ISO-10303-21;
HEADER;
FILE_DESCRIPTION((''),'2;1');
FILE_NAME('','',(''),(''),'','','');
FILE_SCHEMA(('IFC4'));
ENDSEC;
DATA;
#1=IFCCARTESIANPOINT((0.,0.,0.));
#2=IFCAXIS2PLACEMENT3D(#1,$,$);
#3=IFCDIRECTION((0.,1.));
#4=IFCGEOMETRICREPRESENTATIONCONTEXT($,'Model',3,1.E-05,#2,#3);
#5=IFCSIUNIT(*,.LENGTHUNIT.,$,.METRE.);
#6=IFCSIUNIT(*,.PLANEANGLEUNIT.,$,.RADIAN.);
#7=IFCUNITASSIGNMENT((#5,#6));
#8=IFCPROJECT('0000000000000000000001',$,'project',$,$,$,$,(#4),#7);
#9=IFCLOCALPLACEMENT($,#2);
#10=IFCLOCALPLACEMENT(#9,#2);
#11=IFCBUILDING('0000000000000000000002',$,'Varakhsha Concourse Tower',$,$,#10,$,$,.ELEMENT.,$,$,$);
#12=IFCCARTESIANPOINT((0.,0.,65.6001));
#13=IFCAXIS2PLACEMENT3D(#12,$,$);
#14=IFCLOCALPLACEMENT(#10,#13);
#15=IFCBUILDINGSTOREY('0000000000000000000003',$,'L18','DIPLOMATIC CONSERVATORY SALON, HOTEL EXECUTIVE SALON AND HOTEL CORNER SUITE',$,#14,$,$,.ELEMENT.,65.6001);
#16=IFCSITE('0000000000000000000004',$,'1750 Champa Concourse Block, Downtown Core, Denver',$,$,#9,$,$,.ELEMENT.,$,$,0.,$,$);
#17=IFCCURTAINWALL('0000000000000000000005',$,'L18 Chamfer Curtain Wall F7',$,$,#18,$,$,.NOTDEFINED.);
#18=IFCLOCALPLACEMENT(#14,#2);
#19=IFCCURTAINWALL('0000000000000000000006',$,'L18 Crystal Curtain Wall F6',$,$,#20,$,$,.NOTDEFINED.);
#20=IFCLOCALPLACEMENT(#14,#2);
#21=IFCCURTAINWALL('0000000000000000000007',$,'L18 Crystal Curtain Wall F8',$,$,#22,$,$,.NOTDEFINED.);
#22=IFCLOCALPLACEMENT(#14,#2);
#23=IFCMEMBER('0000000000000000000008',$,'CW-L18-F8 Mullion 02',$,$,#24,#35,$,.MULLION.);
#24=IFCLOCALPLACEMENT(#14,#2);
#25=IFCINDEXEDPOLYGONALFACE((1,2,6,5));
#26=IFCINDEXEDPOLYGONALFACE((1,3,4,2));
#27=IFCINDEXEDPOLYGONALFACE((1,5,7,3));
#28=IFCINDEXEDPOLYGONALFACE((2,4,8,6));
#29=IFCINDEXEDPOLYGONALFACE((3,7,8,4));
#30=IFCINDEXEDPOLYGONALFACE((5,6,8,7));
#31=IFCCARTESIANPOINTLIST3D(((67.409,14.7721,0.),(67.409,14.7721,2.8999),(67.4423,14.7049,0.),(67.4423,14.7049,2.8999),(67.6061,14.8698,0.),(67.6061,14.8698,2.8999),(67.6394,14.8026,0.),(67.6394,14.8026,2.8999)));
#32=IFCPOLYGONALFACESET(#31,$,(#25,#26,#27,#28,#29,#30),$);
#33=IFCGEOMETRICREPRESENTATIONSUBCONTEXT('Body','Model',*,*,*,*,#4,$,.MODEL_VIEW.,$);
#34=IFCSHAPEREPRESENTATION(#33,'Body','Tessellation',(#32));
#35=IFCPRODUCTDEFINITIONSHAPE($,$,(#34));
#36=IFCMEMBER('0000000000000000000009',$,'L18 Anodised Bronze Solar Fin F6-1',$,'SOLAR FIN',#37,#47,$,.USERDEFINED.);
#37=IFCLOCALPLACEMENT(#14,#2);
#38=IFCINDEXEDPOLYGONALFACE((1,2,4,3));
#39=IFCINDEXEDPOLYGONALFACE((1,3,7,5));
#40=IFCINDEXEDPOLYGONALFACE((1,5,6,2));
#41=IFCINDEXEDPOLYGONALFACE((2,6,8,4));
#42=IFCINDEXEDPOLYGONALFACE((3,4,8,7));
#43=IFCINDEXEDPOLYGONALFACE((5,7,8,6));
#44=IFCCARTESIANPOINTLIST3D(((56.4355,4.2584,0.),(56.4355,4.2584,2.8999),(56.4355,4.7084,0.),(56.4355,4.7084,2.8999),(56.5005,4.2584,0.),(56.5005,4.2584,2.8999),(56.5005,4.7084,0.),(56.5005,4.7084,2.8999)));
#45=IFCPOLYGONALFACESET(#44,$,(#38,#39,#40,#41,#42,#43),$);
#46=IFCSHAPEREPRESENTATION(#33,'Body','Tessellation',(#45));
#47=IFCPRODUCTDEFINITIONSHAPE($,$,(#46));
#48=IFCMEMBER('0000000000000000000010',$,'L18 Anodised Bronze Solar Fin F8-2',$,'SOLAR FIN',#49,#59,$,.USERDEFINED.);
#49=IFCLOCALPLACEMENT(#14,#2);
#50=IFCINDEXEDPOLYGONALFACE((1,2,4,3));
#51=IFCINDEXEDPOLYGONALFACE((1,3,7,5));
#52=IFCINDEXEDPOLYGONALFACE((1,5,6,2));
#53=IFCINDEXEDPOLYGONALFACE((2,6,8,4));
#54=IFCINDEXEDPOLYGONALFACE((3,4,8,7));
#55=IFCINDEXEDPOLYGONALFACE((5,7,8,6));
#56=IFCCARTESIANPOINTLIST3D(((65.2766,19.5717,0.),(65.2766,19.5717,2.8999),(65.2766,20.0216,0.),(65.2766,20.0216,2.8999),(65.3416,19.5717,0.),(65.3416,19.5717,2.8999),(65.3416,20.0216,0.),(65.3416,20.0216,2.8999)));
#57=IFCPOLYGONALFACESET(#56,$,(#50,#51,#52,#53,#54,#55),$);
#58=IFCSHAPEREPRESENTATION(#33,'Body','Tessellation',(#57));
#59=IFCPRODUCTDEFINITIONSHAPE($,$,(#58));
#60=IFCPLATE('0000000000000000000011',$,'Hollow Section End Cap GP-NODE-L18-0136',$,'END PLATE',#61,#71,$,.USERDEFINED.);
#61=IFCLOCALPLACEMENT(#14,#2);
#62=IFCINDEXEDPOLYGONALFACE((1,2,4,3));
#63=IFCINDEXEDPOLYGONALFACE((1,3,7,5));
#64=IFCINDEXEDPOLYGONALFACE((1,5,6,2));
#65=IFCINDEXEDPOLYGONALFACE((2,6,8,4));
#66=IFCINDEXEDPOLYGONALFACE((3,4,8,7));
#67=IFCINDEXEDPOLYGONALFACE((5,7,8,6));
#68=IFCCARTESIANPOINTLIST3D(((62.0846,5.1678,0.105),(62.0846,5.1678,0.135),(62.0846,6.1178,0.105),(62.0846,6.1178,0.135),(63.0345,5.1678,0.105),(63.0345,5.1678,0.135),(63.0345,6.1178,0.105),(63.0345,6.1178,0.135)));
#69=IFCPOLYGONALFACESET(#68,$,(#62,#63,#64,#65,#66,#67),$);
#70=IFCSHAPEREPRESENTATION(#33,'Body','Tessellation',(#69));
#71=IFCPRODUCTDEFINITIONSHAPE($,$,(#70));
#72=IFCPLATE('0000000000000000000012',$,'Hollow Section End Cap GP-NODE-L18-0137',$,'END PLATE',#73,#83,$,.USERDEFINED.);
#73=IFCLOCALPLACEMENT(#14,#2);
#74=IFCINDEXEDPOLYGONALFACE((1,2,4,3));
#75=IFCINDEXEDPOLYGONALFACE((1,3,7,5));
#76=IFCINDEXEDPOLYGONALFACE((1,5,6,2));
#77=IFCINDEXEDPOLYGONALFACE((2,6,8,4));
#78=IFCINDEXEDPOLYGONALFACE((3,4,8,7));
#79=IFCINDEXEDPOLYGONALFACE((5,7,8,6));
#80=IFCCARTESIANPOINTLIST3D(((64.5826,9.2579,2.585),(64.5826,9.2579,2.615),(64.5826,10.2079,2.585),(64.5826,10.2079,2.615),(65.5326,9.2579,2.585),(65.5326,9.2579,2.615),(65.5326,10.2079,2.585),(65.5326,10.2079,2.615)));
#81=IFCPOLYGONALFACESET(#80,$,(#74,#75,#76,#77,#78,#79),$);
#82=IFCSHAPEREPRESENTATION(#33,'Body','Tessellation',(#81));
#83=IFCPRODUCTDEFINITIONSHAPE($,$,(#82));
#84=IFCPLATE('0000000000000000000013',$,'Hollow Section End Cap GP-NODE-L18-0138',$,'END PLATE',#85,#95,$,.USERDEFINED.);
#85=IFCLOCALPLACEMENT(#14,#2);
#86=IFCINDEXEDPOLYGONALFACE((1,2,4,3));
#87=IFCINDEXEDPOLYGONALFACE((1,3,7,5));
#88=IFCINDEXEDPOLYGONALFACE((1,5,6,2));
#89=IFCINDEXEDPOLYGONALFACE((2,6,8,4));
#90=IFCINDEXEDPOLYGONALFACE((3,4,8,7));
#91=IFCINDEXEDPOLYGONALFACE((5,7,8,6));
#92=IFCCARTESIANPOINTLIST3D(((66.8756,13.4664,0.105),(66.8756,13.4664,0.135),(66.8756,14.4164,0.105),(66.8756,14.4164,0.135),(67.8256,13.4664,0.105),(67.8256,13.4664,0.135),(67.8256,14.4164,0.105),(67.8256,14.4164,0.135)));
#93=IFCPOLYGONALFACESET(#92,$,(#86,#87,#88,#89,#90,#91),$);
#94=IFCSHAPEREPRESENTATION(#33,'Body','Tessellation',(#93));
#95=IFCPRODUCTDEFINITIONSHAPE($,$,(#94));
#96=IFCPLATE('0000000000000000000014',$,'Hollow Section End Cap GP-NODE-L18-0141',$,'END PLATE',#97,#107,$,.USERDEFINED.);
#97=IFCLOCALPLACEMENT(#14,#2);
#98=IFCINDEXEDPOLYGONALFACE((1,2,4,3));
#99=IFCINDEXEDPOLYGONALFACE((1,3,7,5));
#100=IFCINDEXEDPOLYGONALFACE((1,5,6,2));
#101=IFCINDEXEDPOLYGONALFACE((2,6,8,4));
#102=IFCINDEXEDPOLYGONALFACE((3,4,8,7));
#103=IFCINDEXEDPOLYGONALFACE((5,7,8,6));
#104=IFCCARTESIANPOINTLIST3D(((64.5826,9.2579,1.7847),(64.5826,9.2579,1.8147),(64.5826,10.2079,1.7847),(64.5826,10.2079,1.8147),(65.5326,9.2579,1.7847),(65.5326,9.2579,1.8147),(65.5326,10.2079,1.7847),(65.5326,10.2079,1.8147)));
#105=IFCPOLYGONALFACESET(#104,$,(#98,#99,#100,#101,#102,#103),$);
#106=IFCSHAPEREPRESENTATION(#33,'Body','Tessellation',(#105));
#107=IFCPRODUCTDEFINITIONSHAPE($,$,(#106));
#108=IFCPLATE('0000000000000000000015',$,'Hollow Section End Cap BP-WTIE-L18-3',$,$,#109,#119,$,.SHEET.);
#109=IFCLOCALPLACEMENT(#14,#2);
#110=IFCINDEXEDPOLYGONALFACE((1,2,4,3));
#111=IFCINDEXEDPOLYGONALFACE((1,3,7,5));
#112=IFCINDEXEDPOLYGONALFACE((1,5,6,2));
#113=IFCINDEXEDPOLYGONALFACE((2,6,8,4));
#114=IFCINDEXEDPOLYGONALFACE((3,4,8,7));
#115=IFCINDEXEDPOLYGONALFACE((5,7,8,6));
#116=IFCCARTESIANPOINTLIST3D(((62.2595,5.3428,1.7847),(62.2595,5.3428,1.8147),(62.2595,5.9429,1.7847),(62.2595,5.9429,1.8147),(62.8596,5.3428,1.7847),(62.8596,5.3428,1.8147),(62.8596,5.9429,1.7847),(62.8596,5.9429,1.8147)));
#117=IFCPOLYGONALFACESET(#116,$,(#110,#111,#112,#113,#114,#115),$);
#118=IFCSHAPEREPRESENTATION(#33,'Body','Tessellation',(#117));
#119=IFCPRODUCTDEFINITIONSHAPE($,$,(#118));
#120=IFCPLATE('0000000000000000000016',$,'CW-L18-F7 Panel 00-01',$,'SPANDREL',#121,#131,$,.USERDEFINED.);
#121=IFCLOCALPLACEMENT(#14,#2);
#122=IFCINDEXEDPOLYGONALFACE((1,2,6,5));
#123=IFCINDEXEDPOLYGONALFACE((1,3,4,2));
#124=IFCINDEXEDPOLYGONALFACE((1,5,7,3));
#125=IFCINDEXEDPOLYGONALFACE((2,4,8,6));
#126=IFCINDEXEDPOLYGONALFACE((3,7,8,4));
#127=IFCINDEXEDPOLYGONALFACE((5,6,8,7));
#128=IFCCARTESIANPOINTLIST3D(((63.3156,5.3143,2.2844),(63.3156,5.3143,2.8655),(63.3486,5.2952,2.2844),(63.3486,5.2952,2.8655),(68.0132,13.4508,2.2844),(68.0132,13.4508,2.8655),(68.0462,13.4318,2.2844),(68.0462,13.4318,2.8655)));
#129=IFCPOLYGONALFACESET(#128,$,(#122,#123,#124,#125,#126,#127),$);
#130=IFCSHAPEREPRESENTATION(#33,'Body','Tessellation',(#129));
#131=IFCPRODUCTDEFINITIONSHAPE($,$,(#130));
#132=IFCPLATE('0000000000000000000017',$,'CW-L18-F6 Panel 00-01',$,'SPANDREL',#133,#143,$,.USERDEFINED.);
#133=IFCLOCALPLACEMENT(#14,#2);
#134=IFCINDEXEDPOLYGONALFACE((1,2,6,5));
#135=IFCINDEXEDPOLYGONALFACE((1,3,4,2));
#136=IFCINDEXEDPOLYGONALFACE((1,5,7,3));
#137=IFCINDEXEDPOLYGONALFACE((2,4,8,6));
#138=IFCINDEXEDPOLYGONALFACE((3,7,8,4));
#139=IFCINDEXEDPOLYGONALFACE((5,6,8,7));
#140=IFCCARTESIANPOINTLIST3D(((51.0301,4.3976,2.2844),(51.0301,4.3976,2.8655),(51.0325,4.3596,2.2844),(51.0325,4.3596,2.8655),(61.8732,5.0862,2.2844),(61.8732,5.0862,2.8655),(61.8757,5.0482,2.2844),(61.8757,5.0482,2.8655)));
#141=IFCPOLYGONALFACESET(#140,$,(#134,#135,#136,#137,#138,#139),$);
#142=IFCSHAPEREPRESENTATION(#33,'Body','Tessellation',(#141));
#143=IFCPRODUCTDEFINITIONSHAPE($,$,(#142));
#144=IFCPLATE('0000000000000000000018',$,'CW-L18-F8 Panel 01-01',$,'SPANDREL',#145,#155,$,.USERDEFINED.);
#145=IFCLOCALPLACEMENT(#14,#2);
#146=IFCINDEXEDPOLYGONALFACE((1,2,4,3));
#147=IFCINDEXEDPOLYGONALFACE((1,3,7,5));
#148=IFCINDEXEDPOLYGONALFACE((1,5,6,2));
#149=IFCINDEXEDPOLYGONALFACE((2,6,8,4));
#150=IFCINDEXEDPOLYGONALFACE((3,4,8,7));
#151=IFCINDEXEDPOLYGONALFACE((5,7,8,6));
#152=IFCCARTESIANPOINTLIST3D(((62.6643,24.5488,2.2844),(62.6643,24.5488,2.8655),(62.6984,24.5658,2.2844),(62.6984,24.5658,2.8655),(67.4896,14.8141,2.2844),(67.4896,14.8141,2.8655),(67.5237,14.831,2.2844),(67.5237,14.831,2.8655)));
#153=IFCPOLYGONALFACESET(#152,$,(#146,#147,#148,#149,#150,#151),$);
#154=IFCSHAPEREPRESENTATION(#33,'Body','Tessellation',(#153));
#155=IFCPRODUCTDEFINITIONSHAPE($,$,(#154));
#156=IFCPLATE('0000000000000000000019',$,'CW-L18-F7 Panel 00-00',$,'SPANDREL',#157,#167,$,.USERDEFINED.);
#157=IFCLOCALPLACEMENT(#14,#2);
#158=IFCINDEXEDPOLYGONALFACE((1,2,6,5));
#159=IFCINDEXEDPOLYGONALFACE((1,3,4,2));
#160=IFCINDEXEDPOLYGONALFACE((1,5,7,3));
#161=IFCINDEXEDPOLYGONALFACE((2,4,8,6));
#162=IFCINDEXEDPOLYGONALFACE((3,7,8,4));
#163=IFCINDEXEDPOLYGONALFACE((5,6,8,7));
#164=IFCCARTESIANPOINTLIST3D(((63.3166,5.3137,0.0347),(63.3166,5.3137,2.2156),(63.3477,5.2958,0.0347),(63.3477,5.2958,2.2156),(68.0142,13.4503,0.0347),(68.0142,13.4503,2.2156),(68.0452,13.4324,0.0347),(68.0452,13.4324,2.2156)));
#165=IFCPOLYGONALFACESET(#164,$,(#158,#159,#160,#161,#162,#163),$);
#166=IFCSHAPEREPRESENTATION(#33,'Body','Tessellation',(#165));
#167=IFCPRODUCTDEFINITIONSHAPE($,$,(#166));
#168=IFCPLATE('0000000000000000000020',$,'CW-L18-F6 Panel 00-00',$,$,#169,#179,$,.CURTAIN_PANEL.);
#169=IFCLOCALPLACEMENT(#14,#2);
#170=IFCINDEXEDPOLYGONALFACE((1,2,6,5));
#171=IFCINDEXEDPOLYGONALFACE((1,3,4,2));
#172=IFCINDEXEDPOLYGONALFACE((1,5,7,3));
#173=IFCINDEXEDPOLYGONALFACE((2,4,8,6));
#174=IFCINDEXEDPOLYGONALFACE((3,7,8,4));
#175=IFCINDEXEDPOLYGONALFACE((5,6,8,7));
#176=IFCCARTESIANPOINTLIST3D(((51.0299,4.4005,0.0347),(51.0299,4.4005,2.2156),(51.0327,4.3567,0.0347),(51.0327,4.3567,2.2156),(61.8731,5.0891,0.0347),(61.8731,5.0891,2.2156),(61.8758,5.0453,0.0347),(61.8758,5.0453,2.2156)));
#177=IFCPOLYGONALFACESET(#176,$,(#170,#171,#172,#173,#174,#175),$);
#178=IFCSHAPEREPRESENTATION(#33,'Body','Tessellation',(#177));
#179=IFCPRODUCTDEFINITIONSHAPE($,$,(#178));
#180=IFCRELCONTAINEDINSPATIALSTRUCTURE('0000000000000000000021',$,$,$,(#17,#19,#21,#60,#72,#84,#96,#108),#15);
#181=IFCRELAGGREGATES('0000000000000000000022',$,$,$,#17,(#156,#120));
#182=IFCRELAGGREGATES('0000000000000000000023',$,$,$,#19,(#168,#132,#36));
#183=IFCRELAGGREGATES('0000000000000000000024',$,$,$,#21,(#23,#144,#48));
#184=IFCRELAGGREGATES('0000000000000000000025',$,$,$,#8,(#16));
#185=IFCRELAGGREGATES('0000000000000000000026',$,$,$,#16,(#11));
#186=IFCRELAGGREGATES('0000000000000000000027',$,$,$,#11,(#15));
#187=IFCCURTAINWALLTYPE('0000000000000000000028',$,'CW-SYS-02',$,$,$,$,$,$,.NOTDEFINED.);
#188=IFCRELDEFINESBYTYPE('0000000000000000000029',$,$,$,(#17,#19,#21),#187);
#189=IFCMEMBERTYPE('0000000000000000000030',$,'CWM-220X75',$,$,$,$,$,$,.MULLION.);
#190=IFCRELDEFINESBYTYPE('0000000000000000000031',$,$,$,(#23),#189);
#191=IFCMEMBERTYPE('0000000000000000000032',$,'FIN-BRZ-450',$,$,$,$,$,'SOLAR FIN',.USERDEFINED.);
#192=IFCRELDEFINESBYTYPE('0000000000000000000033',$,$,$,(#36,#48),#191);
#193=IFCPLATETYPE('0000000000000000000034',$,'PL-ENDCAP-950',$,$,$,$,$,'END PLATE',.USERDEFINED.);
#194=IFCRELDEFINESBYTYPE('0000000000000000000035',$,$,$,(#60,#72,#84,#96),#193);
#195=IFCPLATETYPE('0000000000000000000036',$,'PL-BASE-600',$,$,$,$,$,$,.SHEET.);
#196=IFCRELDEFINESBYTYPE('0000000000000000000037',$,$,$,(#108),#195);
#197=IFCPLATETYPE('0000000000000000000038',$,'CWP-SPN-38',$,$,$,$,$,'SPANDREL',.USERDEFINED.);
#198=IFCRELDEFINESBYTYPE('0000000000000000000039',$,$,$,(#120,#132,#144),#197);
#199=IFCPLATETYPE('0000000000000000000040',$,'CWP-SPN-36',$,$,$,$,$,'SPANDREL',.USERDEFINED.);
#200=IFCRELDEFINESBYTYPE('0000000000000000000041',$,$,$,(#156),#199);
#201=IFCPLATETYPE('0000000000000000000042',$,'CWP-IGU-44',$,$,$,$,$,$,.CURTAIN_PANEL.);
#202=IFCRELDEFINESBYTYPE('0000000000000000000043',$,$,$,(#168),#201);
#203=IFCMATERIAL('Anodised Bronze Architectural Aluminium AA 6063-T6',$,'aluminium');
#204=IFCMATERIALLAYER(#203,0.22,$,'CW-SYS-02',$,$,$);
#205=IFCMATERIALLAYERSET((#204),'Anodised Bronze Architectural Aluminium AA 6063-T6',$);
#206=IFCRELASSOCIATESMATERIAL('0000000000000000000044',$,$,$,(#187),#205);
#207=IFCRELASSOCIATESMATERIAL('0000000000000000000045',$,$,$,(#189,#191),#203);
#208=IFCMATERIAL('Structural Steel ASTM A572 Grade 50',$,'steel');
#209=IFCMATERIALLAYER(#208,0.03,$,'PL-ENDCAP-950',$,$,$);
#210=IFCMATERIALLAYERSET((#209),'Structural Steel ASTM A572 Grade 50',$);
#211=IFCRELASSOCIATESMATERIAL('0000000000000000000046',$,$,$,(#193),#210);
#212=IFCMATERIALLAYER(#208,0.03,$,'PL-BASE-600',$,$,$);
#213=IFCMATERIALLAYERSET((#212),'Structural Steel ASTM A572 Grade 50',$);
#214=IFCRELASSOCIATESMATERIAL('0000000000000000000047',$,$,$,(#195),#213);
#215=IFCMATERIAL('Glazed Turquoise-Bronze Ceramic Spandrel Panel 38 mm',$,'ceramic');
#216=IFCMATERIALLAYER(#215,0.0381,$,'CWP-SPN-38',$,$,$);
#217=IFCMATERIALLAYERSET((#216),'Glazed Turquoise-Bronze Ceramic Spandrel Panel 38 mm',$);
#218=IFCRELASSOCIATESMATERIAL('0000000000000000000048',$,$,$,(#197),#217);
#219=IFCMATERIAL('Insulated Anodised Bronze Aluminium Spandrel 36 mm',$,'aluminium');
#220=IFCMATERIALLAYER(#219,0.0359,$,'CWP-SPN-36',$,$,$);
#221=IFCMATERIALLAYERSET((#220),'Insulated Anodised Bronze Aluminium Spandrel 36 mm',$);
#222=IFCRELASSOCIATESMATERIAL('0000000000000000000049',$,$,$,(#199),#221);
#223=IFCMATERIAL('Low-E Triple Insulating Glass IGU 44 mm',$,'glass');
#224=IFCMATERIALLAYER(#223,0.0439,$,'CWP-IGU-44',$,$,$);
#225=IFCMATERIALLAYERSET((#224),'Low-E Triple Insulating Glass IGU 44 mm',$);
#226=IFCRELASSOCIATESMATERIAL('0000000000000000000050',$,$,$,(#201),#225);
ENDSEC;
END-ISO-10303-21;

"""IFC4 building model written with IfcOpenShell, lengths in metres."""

from ifc_helpers import new_model, si_unit, direction, frame, origin, origin_2d, place, context, subcontext, project, spatial, rectangle, extrude, source, transform, mapped, material, layer, layer_set, material_profile, profile_set, type_object, type_shapes, element, aggregate, save


model = new_model("IFC4")

# Units and contexts
model_context = context("Model", 3, precision=1e-05, world=origin(), true_north=direction((0.0, 1.0)))
body_context = subcontext(model_context, "Body", "Model", "MODEL_VIEW")
ifc_project = project(units=[si_unit("LENGTHUNIT", "METRE"), si_unit("PLANEANGLEUNIT", "RADIAN")], contexts=[model_context])

# Site, building, storey
site_placement = place(None, origin())
site = spatial("IfcSite", under=ifc_project, at=site_placement, Name="1750 Champa Concourse Block, Downtown Core, Denver", CompositionType="ELEMENT", RefElevation=0.0)
building_placement = place(site_placement, origin())
building = spatial("IfcBuilding", under=site, at=building_placement, Name="Varakhsha Concourse Tower", CompositionType="ELEMENT")
storey_placement = place(building_placement, frame((0.0, 0.0, 65.6001)))
storey = spatial("IfcBuildingStorey", under=building, at=storey_placement, Name="L18", Description="DIPLOMATIC CONSERVATORY SALON, HOTEL EXECUTIVE SALON AND HOTEL CORNER SUITE", CompositionType="ELEMENT", Elevation=65.6001)

# Shared definitions
ifc_material_1 = material(Name="Structural Steel ASTM A572 Grade 50", Category="steel")

# Curtain wall
ifc_material_2 = material(Name="Anodised Bronze Architectural Aluminium AA 6063-T6", Category="aluminium")
ifc_layer_1 = layer(ifc_material_2, 0.22, Name="CW-SYS-02")
ifc_layer_set_1 = layer_set([ifc_layer_1], Name="Anodised Bronze Architectural Aluminium AA 6063-T6")
curtain_wall_type = type_object("IfcCurtainWallType", Name="CW-SYS-02", PredefinedType="NOTDEFINED", material=ifc_layer_set_1)
curtain_wall_1_placement = place(storey_placement, origin())
curtain_wall_1 = element("IfcCurtainWall", 1, at=curtain_wall_1_placement, inside=storey, type_object=curtain_wall_type, Name="L18 Chamfer Curtain Wall F7", PredefinedType="NOTDEFINED")

# Curtain wall
curtain_wall_2_placement = place(storey_placement, origin())
curtain_wall_2 = element("IfcCurtainWall", 2, at=curtain_wall_2_placement, inside=storey, type_object=curtain_wall_type, Name="L18 Crystal Curtain Wall F6", PredefinedType="NOTDEFINED")
ifc_material_profile_1 = material_profile(ifc_material_2, rectangle(XDim=0.075, YDim=0.22, at=origin_2d()), Name="CWM-220X75")
ifc_profile_set_1 = profile_set([ifc_material_profile_1], Name="Anodised Bronze Architectural Aluminium AA 6063-T6")
member_type_1 = type_object("IfcMemberType", Name="CWM-220X75", PredefinedType="MULLION", material=ifc_profile_set_1)
shared_shape_1 = source(origin(), body_context, "Body", "SweptSolid", [
    extrude(rectangle(XDim=0.075, YDim=0.22, at=origin_2d()), origin(), (0.0, 0.0, 1.0), 2.8999),
])
type_shapes(member_type_1, [shared_shape_1])

# Curtain wall, member
curtain_wall_3_placement = place(storey_placement, origin())
curtain_wall_3 = element("IfcCurtainWall", 3, at=curtain_wall_3_placement, inside=storey, type_object=curtain_wall_type, Name="L18 Crystal Curtain Wall F8", PredefinedType="NOTDEFINED")
member_1_placement = place(storey_placement, frame((67.5242, 14.7874, 0.0), z_axis=(0.0, 0.0, 1.0), x_axis=(0.44411, -0.895972, 0.0)))
member_1 = element("IfcMember", 4, at=member_1_placement, type_object=member_type_1, Name="CW-L18-F8 Mullion 02", PredefinedType="MULLION", context=body_context, shape_type="MappedRepresentation", body=[
    mapped(shared_shape_1, transform((0.0, 0.0, 0.0), scale=1.0)),
])

# Members
ifc_material_profile_2 = material_profile(ifc_material_2, rectangle(XDim=0.0649, YDim=0.45, at=origin_2d()), Name="FIN-BRZ-450")
ifc_profile_set_2 = profile_set([ifc_material_profile_2], Name="Anodised Bronze Architectural Aluminium AA 6063-T6")
member_type_2 = type_object("IfcMemberType", Name="FIN-BRZ-450", ElementType="SOLAR FIN", PredefinedType="USERDEFINED", material=ifc_profile_set_2)
shared_shape_2 = source(origin(), body_context, "Body", "SweptSolid", [
    extrude(rectangle(XDim=0.0649, YDim=0.45, at=origin_2d()), origin(), (0.0, 0.0, 1.0), 2.8999),
])
type_shapes(member_type_2, [shared_shape_2])
member_2_placement = place(storey_placement, frame((56.468, 4.4834, 0.0), z_axis=(0.0, 0.0, 1.0), x_axis=(1.0, 0.0, 0.0)))
member_2 = element("IfcMember", 5, at=member_2_placement, type_object=member_type_2, Name="L18 Anodised Bronze Solar Fin F6-1", ObjectType="SOLAR FIN", PredefinedType="USERDEFINED", context=body_context, shape_type="MappedRepresentation", body=[
    mapped(shared_shape_2, transform((0.0, 0.0, 0.0), scale=1.0)),
])
member_3_placement = place(storey_placement, frame((65.3091, 19.7966, 0.0), z_axis=(0.0, 0.0, 1.0), x_axis=(1.0, 0.0, 0.0)))
member_3 = element("IfcMember", 6, at=member_3_placement, type_object=member_type_2, Name="L18 Anodised Bronze Solar Fin F8-2", ObjectType="SOLAR FIN", PredefinedType="USERDEFINED", context=body_context, shape_type="MappedRepresentation", body=[
    mapped(shared_shape_2, transform((0.0, 0.0, 0.0), scale=1.0)),
])

# Plates
ifc_layer_2 = layer(ifc_material_1, 0.03, Name="PL-ENDCAP-950")
ifc_layer_set_2 = layer_set([ifc_layer_2], Name="Structural Steel ASTM A572 Grade 50")
plate_type_1 = type_object("IfcPlateType", Name="PL-ENDCAP-950", ElementType="END PLATE", PredefinedType="USERDEFINED", material=ifc_layer_set_2)
shared_shape_3 = source(origin(), body_context, "Body", "SweptSolid", [
    extrude(rectangle(XDim=0.95, YDim=0.95, at=origin_2d()), origin(), (0.0, 0.0, 1.0), 0.03),
])
type_shapes(plate_type_1, [shared_shape_3])
for number, where, z_axis, x_axis, name in (
    (7, (62.5596, 5.6428, 0.105), (0.0, 0.0, 1.0), (1.0, 0.0, 0.0), "Hollow Section End Cap GP-NODE-L18-0136"),
    (8, (65.0576, 9.7329, 2.585), (0.0, 0.0, 1.0), (1.0, 0.0, 0.0), "Hollow Section End Cap GP-NODE-L18-0137"),
    (9, (67.3506, 13.9414, 0.105), (0.0, 0.0, 1.0), (1.0, 0.0, 0.0), "Hollow Section End Cap GP-NODE-L18-0138"),
    (10, (65.0576, 9.7329, 1.7847), (0.0, 0.0, 1.0), (1.0, 0.0, 0.0), "Hollow Section End Cap GP-NODE-L18-0141"),
):
    element("IfcPlate", number, at=place(storey_placement, frame(where, z_axis=z_axis, x_axis=x_axis)), inside=storey, type_object=plate_type_1, Name=name, ObjectType="END PLATE", PredefinedType="USERDEFINED", context=body_context, shape_type="MappedRepresentation", body=[
        mapped(shared_shape_3, transform((0.0, 0.0, 0.0), scale=1.0)),
    ])
ifc_layer_3 = layer(ifc_material_1, 0.03, Name="PL-BASE-600")
ifc_layer_set_3 = layer_set([ifc_layer_3], Name="Structural Steel ASTM A572 Grade 50")
plate_type_2 = type_object("IfcPlateType", Name="PL-BASE-600", PredefinedType="SHEET", material=ifc_layer_set_3)
shared_shape_4 = source(origin(), body_context, "Body", "SweptSolid", [
    extrude(rectangle(XDim=0.6001, YDim=0.6001, at=origin_2d()), origin(), (0.0, 0.0, 1.0), 0.03),
])
type_shapes(plate_type_2, [shared_shape_4])
plate_1_placement = place(storey_placement, frame((62.5596, 5.6428, 1.7847), z_axis=(0.0, 0.0, 1.0), x_axis=(1.0, 0.0, 0.0)))
element("IfcPlate", 11, at=plate_1_placement, inside=storey, type_object=plate_type_2, Name="Hollow Section End Cap BP-WTIE-L18-3", PredefinedType="SHEET", context=body_context, shape_type="MappedRepresentation", body=[
    mapped(shared_shape_4, transform((0.0, 0.0, 0.0), scale=1.0)),
])

# Plates
ifc_material_3 = material(Name="Glazed Turquoise-Bronze Ceramic Spandrel Panel 38 mm", Category="ceramic")
ifc_layer_4 = layer(ifc_material_3, 0.0381, Name="CWP-SPN-38")
ifc_layer_set_4 = layer_set([ifc_layer_4], Name="Glazed Turquoise-Bronze Ceramic Spandrel Panel 38 mm")
plate_type_3 = type_object("IfcPlateType", Name="CWP-SPN-38", ElementType="SPANDREL", PredefinedType="USERDEFINED", material=ifc_layer_set_4)
shared_shape_5 = source(origin(), body_context, "Body", "SweptSolid", [
    extrude(rectangle(XDim=9.3953, YDim=0.0381, at=origin_2d()), origin(), (0.0, 0.0, 1.0), 0.5811),
])
plate_2_placement = place(storey_placement, frame((65.6809, 9.373, 2.2844), z_axis=(0.0, 0.0, 1.0), x_axis=(-0.499995, -0.866028, 0.0)))
plate_2 = element("IfcPlate", 12, at=plate_2_placement, type_object=plate_type_3, Name="CW-L18-F7 Panel 00-01", ObjectType="SPANDREL", PredefinedType="USERDEFINED", context=body_context, shape_type="MappedRepresentation", body=[
    mapped(shared_shape_5, transform((0.0, 0.0, 0.0), scale=1.0)),
])
shared_shape_6 = source(origin(), body_context, "Body", "SweptSolid", [
    extrude(rectangle(XDim=10.865, YDim=0.0381, at=origin_2d()), origin(), (0.0, 0.0, 1.0), 0.5811),
])
type_shapes(plate_type_3, [shared_shape_5, shared_shape_6])
plate_3_placement = place(storey_placement, frame((56.4529, 4.7229, 2.2844), z_axis=(0.0, 0.0, 1.0), x_axis=(-0.99799, -0.063378, 0.0)))
plate_3 = element("IfcPlate", 13, at=plate_3_placement, type_object=plate_type_3, Name="CW-L18-F6 Panel 00-01", ObjectType="SPANDREL", PredefinedType="USERDEFINED", context=body_context, shape_type="MappedRepresentation", body=[
    mapped(shared_shape_6, transform((0.0, 0.0, 0.0), scale=1.0)),
])
plate_4_placement = place(storey_placement, frame((65.094, 19.6899, 2.2844), z_axis=(0.0, 0.0, 1.0), x_axis=(0.44411, -0.895972, 0.0)))
plate_4 = element("IfcPlate", 14, at=plate_4_placement, type_object=plate_type_3, Name="CW-L18-F8 Panel 01-01", ObjectType="SPANDREL", PredefinedType="USERDEFINED", context=body_context, shape_type="MappedRepresentation", body=[
    mapped(shared_shape_6, transform((0.0, 0.0, 0.0), scale=1.0)),
])
ifc_material_4 = material(Name="Insulated Anodised Bronze Aluminium Spandrel 36 mm", Category="aluminium")
ifc_layer_5 = layer(ifc_material_4, 0.0359, Name="CWP-SPN-36")
ifc_layer_set_5 = layer_set([ifc_layer_5], Name="Insulated Anodised Bronze Aluminium Spandrel 36 mm")
plate_type_4 = type_object("IfcPlateType", Name="CWP-SPN-36", ElementType="SPANDREL", PredefinedType="USERDEFINED", material=ifc_layer_set_5)
shared_shape_7 = source(origin(), body_context, "Body", "SweptSolid", [
    extrude(rectangle(XDim=9.3953, YDim=0.0359, at=origin_2d()), origin(), (0.0, 0.0, 1.0), 2.1809),
])
type_shapes(plate_type_4, [shared_shape_7])
plate_5_placement = place(storey_placement, frame((65.6809, 9.373, 0.0347), z_axis=(0.0, 0.0, 1.0), x_axis=(-0.499995, -0.866028, 0.0)))
plate_5 = element("IfcPlate", 15, at=plate_5_placement, type_object=plate_type_4, Name="CW-L18-F7 Panel 00-00", ObjectType="SPANDREL", PredefinedType="USERDEFINED", context=body_context, shape_type="MappedRepresentation", body=[
    mapped(shared_shape_7, transform((0.0, 0.0, 0.0), scale=1.0)),
])
aggregate(curtain_wall_1, [plate_5, plate_2])
ifc_material_5 = material(Name="Low-E Triple Insulating Glass IGU 44 mm", Category="glass")
ifc_layer_6 = layer(ifc_material_5, 0.0439, Name="CWP-IGU-44")
ifc_layer_set_6 = layer_set([ifc_layer_6], Name="Low-E Triple Insulating Glass IGU 44 mm")
plate_type_5 = type_object("IfcPlateType", Name="CWP-IGU-44", PredefinedType="CURTAIN_PANEL", material=ifc_layer_set_6)
shared_shape_8 = source(origin(), body_context, "Body", "SweptSolid", [
    extrude(rectangle(XDim=10.865, YDim=0.0439, at=origin_2d()), origin(), (0.0, 0.0, 1.0), 2.1809),
])
type_shapes(plate_type_5, [shared_shape_8])
plate_6_placement = place(storey_placement, frame((56.4529, 4.7229, 0.0347), z_axis=(0.0, 0.0, 1.0), x_axis=(-0.99799, -0.063378, 0.0)))
plate_6 = element("IfcPlate", 16, at=plate_6_placement, type_object=plate_type_5, Name="CW-L18-F6 Panel 00-00", PredefinedType="CURTAIN_PANEL", context=body_context, shape_type="MappedRepresentation", body=[
    mapped(shared_shape_8, transform((0.0, 0.0, 0.0), scale=1.0)),
])
aggregate(curtain_wall_2, [plate_6, plate_3, member_2])
aggregate(curtain_wall_3, [member_1, plate_4, member_3])

save(model, "model.ifc")
